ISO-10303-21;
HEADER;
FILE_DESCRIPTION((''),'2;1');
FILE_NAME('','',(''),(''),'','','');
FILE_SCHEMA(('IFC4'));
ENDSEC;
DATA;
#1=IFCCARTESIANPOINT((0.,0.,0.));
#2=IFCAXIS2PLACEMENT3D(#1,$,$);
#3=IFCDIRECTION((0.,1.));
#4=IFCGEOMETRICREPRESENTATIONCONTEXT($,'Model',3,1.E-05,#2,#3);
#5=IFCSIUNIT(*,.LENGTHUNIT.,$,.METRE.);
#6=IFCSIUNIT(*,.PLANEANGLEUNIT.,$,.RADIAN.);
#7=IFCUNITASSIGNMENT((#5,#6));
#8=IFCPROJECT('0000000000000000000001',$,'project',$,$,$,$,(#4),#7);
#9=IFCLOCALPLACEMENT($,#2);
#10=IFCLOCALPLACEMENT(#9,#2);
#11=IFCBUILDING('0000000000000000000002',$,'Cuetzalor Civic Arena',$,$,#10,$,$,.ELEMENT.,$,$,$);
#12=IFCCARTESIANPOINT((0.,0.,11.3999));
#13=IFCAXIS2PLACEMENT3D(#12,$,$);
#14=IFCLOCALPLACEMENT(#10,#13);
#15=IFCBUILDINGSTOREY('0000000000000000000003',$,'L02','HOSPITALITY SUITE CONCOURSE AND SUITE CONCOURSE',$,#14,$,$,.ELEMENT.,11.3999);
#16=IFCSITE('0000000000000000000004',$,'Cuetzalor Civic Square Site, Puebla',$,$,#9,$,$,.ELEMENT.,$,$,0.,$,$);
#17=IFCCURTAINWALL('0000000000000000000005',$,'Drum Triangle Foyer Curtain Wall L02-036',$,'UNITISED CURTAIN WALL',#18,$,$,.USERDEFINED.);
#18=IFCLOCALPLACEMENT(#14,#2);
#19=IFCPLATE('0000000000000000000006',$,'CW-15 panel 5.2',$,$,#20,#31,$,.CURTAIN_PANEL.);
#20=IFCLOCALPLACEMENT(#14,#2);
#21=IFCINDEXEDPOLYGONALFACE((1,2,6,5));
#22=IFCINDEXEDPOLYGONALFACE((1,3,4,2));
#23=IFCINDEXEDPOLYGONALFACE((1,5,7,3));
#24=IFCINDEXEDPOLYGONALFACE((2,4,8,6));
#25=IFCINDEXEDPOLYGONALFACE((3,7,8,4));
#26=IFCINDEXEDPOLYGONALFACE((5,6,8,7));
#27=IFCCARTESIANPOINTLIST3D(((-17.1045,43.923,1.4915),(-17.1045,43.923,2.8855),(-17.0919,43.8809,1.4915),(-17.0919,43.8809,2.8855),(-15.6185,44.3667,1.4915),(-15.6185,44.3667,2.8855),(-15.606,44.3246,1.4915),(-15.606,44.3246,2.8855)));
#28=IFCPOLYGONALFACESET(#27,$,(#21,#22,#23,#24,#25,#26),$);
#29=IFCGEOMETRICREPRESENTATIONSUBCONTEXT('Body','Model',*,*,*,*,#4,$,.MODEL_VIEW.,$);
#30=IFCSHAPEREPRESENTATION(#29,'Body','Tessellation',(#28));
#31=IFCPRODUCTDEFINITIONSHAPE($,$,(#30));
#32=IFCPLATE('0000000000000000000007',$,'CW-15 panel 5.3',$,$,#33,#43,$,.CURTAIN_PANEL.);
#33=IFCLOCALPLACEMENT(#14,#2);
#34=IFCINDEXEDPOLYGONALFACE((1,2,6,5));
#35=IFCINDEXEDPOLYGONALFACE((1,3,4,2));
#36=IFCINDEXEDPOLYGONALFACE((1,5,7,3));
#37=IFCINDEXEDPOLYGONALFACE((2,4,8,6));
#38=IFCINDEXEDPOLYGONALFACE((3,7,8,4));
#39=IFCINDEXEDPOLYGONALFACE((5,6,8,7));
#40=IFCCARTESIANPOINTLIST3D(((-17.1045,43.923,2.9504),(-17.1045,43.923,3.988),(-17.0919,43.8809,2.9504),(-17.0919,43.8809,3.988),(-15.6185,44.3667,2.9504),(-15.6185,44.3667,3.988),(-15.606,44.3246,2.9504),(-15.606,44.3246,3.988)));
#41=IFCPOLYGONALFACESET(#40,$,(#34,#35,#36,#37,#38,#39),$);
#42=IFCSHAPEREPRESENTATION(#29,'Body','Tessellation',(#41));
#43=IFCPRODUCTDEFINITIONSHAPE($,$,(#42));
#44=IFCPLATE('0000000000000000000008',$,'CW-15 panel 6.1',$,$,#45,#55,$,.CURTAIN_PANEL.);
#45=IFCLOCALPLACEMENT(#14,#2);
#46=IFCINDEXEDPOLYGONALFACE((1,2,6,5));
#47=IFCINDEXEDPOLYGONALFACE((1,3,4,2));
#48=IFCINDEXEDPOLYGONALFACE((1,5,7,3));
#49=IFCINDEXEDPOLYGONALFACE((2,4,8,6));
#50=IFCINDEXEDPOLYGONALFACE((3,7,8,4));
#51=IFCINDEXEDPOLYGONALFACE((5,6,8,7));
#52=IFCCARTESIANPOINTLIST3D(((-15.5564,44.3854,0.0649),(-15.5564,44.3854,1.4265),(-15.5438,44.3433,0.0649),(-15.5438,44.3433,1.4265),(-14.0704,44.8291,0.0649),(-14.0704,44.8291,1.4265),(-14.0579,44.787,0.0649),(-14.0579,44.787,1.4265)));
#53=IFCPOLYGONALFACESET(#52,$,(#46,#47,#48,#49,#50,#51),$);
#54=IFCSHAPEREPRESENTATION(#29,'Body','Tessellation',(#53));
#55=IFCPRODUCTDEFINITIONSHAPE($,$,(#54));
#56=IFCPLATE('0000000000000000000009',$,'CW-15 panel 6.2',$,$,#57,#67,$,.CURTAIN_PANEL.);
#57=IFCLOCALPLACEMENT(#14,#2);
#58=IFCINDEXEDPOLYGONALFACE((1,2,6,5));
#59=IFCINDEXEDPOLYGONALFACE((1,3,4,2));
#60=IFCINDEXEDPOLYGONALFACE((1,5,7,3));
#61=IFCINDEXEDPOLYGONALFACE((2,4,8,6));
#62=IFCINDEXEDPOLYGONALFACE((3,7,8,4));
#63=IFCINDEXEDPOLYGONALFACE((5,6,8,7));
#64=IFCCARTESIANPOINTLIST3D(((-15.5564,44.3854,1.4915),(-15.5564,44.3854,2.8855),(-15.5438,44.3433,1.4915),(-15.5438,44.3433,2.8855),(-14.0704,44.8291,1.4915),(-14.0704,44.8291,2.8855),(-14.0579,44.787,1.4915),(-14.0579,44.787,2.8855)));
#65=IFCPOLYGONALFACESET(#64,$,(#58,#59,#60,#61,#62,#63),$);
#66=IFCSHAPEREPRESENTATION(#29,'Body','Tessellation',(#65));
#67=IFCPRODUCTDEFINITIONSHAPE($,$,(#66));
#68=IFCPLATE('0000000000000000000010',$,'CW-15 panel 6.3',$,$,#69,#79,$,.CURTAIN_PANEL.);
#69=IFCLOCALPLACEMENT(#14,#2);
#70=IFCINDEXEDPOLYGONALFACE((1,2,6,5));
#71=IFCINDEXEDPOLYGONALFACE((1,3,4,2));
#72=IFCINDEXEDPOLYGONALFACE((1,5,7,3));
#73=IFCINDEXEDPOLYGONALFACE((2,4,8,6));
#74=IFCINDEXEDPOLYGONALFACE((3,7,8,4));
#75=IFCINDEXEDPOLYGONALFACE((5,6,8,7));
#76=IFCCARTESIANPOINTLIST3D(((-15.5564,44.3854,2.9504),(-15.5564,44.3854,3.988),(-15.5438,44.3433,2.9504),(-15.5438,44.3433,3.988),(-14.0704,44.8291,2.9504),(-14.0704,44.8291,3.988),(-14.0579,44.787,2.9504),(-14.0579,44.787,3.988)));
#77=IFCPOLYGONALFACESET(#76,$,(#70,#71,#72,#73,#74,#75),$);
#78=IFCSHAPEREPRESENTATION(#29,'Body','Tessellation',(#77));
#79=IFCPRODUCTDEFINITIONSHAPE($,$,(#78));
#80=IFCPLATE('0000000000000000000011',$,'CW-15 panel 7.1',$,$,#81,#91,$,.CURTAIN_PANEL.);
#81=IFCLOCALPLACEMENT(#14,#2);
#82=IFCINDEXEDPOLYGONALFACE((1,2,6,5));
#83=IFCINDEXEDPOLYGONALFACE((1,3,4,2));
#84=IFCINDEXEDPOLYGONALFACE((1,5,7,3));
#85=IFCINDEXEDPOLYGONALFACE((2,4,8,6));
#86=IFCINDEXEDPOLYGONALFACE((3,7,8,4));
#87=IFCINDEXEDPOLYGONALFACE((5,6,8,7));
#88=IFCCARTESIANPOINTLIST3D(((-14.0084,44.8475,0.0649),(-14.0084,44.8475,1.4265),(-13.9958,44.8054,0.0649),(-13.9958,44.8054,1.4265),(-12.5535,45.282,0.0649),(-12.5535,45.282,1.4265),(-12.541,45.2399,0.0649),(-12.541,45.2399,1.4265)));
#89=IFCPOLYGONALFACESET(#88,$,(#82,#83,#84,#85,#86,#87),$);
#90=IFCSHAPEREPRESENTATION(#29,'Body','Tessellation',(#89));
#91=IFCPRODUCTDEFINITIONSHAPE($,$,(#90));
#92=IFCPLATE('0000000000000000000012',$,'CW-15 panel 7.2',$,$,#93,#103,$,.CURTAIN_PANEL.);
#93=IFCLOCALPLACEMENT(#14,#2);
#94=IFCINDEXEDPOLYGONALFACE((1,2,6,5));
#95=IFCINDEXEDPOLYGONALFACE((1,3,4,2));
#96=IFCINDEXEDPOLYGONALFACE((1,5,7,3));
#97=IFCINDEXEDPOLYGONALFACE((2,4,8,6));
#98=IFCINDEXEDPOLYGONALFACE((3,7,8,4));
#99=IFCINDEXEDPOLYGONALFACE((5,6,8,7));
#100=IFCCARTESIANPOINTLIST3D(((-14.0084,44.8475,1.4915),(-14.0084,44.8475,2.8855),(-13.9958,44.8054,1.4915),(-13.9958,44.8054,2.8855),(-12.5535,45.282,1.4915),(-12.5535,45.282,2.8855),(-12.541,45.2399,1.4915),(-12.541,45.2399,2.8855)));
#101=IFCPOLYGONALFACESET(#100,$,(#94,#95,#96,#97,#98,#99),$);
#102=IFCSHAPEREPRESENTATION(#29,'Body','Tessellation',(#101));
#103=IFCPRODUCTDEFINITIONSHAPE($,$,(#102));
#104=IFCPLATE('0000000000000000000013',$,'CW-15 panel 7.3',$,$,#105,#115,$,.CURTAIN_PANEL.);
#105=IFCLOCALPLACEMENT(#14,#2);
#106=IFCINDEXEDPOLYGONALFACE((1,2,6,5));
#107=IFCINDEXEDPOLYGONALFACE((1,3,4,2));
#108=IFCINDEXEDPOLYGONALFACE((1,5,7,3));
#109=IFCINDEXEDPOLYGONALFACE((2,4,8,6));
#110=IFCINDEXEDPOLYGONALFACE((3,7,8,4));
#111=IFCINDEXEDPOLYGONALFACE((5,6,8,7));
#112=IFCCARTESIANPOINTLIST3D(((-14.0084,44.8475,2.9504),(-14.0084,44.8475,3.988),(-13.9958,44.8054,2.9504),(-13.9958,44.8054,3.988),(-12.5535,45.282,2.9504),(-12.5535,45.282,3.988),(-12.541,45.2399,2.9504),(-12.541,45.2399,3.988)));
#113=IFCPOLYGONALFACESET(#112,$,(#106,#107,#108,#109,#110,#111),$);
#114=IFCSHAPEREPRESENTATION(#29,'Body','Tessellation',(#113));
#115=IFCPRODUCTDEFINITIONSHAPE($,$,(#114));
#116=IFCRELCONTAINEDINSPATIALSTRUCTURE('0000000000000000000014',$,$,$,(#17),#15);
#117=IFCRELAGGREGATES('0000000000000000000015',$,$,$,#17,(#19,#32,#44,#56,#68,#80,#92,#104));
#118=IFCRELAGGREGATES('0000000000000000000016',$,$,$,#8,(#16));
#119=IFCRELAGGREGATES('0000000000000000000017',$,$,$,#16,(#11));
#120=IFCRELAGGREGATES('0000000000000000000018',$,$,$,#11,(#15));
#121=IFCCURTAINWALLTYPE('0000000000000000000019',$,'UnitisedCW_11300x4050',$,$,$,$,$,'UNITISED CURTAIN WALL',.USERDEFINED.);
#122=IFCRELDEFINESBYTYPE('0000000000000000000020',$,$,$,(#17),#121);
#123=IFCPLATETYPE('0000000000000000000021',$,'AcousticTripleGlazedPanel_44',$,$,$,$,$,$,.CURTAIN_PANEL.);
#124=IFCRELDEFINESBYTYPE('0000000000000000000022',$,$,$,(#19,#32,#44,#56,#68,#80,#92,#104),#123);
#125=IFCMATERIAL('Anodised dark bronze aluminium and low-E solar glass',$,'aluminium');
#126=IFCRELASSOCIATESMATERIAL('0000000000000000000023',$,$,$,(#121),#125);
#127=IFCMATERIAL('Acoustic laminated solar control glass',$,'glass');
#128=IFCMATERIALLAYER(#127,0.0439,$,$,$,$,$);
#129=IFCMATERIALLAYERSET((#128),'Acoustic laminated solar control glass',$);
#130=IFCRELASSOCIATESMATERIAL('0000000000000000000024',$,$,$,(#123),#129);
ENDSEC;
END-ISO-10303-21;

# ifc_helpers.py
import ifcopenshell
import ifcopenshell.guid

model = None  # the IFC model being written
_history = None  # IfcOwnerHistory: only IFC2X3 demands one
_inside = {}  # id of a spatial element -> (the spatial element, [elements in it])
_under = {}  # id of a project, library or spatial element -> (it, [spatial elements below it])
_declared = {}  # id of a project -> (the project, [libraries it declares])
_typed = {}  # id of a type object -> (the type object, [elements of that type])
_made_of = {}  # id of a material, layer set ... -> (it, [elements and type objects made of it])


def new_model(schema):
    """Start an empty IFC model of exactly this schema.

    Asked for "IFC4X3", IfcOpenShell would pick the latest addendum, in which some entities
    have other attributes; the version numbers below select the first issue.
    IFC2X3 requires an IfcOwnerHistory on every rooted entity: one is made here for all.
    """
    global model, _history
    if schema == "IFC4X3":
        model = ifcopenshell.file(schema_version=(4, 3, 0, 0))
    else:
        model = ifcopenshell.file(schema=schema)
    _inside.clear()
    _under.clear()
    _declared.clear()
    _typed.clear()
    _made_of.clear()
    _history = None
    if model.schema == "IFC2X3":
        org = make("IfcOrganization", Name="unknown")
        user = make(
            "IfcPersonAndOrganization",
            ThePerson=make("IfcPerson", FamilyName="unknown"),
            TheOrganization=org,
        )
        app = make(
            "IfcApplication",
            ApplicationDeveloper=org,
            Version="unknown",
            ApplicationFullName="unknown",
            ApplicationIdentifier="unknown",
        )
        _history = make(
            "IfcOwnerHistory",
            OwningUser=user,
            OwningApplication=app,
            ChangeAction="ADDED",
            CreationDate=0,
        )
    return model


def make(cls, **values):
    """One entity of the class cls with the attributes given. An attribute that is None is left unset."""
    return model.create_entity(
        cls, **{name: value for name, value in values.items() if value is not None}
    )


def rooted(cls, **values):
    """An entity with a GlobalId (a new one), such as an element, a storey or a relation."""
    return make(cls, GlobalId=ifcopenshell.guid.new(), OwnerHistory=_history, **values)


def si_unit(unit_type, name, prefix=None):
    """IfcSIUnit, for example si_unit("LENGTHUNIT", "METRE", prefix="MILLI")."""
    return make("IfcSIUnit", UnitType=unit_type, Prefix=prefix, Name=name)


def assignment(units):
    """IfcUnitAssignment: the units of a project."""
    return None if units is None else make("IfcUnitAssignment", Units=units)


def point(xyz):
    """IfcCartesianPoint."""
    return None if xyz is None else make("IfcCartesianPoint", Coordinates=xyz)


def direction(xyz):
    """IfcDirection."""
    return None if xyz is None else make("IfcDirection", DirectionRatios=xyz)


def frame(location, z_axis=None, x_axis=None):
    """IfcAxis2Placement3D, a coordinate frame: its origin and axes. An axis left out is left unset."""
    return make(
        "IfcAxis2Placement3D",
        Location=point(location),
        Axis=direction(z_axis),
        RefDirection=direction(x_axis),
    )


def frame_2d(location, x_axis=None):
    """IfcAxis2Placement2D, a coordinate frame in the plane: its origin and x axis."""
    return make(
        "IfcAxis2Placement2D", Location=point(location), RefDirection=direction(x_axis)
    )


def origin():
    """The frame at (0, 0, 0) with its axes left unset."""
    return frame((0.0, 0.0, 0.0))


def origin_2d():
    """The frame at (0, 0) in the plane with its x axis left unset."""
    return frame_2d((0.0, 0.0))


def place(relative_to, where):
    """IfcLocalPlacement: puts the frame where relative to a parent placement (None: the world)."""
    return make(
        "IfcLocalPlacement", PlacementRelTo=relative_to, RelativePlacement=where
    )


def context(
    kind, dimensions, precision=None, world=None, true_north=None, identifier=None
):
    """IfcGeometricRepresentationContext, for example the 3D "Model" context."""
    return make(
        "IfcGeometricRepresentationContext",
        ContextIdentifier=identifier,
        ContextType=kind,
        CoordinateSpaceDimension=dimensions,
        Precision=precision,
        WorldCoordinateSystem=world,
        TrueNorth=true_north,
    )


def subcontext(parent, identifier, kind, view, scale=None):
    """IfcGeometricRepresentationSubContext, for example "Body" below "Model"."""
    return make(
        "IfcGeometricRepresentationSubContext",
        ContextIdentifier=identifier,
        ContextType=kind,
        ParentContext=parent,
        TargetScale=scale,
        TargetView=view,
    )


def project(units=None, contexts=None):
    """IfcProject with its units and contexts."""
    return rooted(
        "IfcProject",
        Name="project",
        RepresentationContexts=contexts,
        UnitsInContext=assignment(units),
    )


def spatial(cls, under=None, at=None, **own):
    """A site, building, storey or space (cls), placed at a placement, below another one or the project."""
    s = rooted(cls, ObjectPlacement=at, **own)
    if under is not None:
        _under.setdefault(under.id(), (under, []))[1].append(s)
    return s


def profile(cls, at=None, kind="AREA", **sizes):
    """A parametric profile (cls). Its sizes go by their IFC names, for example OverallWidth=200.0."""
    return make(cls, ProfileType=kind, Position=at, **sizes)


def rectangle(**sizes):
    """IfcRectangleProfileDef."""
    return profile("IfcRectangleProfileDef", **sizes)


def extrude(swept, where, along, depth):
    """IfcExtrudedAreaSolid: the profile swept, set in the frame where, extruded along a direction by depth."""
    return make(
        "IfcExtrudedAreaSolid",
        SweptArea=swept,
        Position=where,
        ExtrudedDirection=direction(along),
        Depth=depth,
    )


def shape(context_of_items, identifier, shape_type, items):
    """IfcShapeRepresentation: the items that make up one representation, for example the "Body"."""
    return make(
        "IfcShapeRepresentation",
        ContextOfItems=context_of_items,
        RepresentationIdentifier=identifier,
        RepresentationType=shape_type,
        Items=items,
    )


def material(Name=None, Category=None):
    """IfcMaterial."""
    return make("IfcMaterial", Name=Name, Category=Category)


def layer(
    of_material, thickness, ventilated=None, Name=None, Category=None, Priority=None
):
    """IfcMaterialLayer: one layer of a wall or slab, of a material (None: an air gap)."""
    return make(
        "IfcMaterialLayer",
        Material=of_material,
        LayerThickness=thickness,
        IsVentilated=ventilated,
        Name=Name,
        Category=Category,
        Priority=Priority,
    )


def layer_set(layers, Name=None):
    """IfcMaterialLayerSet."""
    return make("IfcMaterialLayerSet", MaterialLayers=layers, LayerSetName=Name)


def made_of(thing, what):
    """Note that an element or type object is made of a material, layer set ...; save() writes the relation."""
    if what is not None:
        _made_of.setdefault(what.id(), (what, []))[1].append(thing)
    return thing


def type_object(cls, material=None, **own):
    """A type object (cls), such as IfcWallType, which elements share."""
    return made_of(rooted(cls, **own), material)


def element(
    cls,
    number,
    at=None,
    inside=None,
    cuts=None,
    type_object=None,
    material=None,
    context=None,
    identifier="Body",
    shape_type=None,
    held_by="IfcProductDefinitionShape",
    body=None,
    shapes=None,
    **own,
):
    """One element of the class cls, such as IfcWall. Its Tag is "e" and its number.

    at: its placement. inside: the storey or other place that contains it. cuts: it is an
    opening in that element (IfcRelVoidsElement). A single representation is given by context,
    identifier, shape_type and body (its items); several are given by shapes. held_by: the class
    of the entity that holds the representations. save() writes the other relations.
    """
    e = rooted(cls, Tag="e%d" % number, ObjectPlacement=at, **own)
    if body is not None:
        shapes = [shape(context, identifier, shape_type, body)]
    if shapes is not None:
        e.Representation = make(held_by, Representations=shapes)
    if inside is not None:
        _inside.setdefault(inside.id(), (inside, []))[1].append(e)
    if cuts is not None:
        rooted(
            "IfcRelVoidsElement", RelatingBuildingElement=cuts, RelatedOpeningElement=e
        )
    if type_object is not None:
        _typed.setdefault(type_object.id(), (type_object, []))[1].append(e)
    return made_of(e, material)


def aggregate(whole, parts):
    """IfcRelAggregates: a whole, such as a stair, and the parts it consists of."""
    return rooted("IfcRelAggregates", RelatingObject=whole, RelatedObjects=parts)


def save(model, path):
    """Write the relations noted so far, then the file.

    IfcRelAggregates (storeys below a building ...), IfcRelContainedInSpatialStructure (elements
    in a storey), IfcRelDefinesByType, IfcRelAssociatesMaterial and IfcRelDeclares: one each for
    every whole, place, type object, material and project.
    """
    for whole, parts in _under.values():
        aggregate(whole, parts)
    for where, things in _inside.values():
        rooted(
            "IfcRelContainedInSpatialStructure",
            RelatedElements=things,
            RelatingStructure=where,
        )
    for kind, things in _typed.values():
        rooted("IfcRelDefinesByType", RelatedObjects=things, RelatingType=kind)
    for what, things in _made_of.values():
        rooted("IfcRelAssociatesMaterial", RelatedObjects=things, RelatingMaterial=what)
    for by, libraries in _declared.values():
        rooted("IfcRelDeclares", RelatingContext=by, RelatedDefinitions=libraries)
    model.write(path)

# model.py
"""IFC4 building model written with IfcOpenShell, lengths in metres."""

from ifc_helpers import new_model, si_unit, direction, frame, origin, origin_2d, place, context, subcontext, project, spatial, rectangle, extrude, material, layer, layer_set, type_object, element, aggregate, save


model = new_model("IFC4")

# Units and contexts
model_context = context("Model", 3, precision=1e-05, world=origin(), true_north=direction((0.0, 1.0)))
body_context = subcontext(model_context, "Body", "Model", "MODEL_VIEW")
ifc_project = project(units=[si_unit("LENGTHUNIT", "METRE"), si_unit("PLANEANGLEUNIT", "RADIAN")], contexts=[model_context])

# Site, building, storey
site_placement = place(None, origin())
site = spatial("IfcSite", under=ifc_project, at=site_placement, Name="Cuetzalor Civic Square Site, Puebla", CompositionType="ELEMENT", RefElevation=0.0)
building_placement = place(site_placement, origin())
building = spatial("IfcBuilding", under=site, at=building_placement, Name="Cuetzalor Civic Arena", CompositionType="ELEMENT")
storey_placement = place(building_placement, frame((0.0, 0.0, 11.3999)))
storey = spatial("IfcBuildingStorey", under=building, at=storey_placement, Name="L02", Description="HOSPITALITY SUITE CONCOURSE AND SUITE CONCOURSE", CompositionType="ELEMENT", Elevation=11.3999)

# Curtain wall, plates
ifc_material_1 = material(Name="Anodised dark bronze aluminium and low-E solar glass", Category="aluminium")
curtain_wall_type = type_object("IfcCurtainWallType", Name="UnitisedCW_11300x4050", ElementType="UNITISED CURTAIN WALL", PredefinedType="USERDEFINED", material=ifc_material_1)
curtain_wall_placement = place(storey_placement, origin())
curtain_wall = element("IfcCurtainWall", 1, at=curtain_wall_placement, inside=storey, type_object=curtain_wall_type, Name="Drum Triangle Foyer Curtain Wall L02-036", ObjectType="UNITISED CURTAIN WALL", PredefinedType="USERDEFINED")
ifc_material_2 = material(Name="Acoustic laminated solar control glass", Category="glass")
ifc_layer = layer(ifc_material_2, 0.0439)
ifc_layer_set = layer_set([ifc_layer], Name="Acoustic laminated solar control glass")
plate_type = type_object("IfcPlateType", Name="AcousticTripleGlazedPanel_44", PredefinedType="CURTAIN_PANEL", material=ifc_layer_set)
plate_1_placement = place(storey_placement, frame((-16.3552, 44.1238, 1.4915), z_axis=(0.0, 0.0, 1.0), x_axis=(0.958194, 0.28612, 0.0)))
plate_1 = element("IfcPlate", 2, at=plate_1_placement, type_object=plate_type, Name="CW-15 panel 5.2", PredefinedType="CURTAIN_PANEL", context=body_context, shape_type="SweptSolid", body=[
    extrude(rectangle(XDim=1.5508, YDim=0.0439, at=origin_2d()), origin(), (0.0, 0.0, 1.0), 1.394),
])
plate_2_placement = place(storey_placement, frame((-16.3552, 44.1238, 2.9504), z_axis=(0.0, 0.0, 1.0), x_axis=(0.958194, 0.28612, 0.0)))
plate_2 = element("IfcPlate", 3, at=plate_2_placement, type_object=plate_type, Name="CW-15 panel 5.3", PredefinedType="CURTAIN_PANEL", context=body_context, shape_type="SweptSolid", body=[
    extrude(rectangle(XDim=1.5508, YDim=0.0439, at=origin_2d()), origin(), (0.0, 0.0, 1.0), 1.0376),
])
plate_3_placement = place(storey_placement, frame((-14.8071, 44.5862, 0.0649), z_axis=(0.0, 0.0, 1.0), x_axis=(0.958194, 0.28612, 0.0)))
plate_3 = element("IfcPlate", 4, at=plate_3_placement, type_object=plate_type, Name="CW-15 panel 6.1", PredefinedType="CURTAIN_PANEL", context=body_context, shape_type="SweptSolid", body=[
    extrude(rectangle(XDim=1.5508, YDim=0.0439, at=origin_2d()), origin(), (0.0, 0.0, 1.0), 1.3616),
])
plate_4_placement = place(storey_placement, frame((-14.8071, 44.5862, 1.4915), z_axis=(0.0, 0.0, 1.0), x_axis=(0.958194, 0.28612, 0.0)))
plate_4 = element("IfcPlate", 5, at=plate_4_placement, type_object=plate_type, Name="CW-15 panel 6.2", PredefinedType="CURTAIN_PANEL", context=body_context, shape_type="SweptSolid", body=[
    extrude(rectangle(XDim=1.5508, YDim=0.0439, at=origin_2d()), origin(), (0.0, 0.0, 1.0), 1.394),
])
plate_5_placement = place(storey_placement, frame((-14.8071, 44.5862, 2.9504), z_axis=(0.0, 0.0, 1.0), x_axis=(0.958194, 0.28612, 0.0)))
plate_5 = element("IfcPlate", 6, at=plate_5_placement, type_object=plate_type, Name="CW-15 panel 6.3", PredefinedType="CURTAIN_PANEL", context=body_context, shape_type="SweptSolid", body=[
    extrude(rectangle(XDim=1.5508, YDim=0.0439, at=origin_2d()), origin(), (0.0, 0.0, 1.0), 1.0376),
])
plate_6_placement = place(storey_placement, frame((-13.2747, 45.0437, 0.0649), z_axis=(0.0, 0.0, 1.0), x_axis=(0.958194, 0.28612, 0.0)))
plate_6 = element("IfcPlate", 7, at=plate_6_placement, type_object=plate_type, Name="CW-15 panel 7.1", PredefinedType="CURTAIN_PANEL", context=body_context, shape_type="SweptSolid", body=[
    extrude(rectangle(XDim=1.5183, YDim=0.0439, at=origin_2d()), origin(), (0.0, 0.0, 1.0), 1.3616),
])
plate_7_placement = place(storey_placement, frame((-13.2747, 45.0437, 1.4915), z_axis=(0.0, 0.0, 1.0), x_axis=(0.958194, 0.28612, 0.0)))
plate_7 = element("IfcPlate", 8, at=plate_7_placement, type_object=plate_type, Name="CW-15 panel 7.2", PredefinedType="CURTAIN_PANEL", context=body_context, shape_type="SweptSolid", body=[
    extrude(rectangle(XDim=1.5183, YDim=0.0439, at=origin_2d()), origin(), (0.0, 0.0, 1.0), 1.394),
])
plate_8_placement = place(storey_placement, frame((-13.2747, 45.0437, 2.9504), z_axis=(0.0, 0.0, 1.0), x_axis=(0.958194, 0.28612, 0.0)))
plate_8 = element("IfcPlate", 9, at=plate_8_placement, type_object=plate_type, Name="CW-15 panel 7.3", PredefinedType="CURTAIN_PANEL", context=body_context, shape_type="SweptSolid", body=[
    extrude(rectangle(XDim=1.5183, YDim=0.0439, at=origin_2d()), origin(), (0.0, 0.0, 1.0), 1.0376),
])
aggregate(curtain_wall, [plate_1, plate_2, plate_3, plate_4, plate_5, plate_6, plate_7, plate_8])

save(model, "model.ifc")
